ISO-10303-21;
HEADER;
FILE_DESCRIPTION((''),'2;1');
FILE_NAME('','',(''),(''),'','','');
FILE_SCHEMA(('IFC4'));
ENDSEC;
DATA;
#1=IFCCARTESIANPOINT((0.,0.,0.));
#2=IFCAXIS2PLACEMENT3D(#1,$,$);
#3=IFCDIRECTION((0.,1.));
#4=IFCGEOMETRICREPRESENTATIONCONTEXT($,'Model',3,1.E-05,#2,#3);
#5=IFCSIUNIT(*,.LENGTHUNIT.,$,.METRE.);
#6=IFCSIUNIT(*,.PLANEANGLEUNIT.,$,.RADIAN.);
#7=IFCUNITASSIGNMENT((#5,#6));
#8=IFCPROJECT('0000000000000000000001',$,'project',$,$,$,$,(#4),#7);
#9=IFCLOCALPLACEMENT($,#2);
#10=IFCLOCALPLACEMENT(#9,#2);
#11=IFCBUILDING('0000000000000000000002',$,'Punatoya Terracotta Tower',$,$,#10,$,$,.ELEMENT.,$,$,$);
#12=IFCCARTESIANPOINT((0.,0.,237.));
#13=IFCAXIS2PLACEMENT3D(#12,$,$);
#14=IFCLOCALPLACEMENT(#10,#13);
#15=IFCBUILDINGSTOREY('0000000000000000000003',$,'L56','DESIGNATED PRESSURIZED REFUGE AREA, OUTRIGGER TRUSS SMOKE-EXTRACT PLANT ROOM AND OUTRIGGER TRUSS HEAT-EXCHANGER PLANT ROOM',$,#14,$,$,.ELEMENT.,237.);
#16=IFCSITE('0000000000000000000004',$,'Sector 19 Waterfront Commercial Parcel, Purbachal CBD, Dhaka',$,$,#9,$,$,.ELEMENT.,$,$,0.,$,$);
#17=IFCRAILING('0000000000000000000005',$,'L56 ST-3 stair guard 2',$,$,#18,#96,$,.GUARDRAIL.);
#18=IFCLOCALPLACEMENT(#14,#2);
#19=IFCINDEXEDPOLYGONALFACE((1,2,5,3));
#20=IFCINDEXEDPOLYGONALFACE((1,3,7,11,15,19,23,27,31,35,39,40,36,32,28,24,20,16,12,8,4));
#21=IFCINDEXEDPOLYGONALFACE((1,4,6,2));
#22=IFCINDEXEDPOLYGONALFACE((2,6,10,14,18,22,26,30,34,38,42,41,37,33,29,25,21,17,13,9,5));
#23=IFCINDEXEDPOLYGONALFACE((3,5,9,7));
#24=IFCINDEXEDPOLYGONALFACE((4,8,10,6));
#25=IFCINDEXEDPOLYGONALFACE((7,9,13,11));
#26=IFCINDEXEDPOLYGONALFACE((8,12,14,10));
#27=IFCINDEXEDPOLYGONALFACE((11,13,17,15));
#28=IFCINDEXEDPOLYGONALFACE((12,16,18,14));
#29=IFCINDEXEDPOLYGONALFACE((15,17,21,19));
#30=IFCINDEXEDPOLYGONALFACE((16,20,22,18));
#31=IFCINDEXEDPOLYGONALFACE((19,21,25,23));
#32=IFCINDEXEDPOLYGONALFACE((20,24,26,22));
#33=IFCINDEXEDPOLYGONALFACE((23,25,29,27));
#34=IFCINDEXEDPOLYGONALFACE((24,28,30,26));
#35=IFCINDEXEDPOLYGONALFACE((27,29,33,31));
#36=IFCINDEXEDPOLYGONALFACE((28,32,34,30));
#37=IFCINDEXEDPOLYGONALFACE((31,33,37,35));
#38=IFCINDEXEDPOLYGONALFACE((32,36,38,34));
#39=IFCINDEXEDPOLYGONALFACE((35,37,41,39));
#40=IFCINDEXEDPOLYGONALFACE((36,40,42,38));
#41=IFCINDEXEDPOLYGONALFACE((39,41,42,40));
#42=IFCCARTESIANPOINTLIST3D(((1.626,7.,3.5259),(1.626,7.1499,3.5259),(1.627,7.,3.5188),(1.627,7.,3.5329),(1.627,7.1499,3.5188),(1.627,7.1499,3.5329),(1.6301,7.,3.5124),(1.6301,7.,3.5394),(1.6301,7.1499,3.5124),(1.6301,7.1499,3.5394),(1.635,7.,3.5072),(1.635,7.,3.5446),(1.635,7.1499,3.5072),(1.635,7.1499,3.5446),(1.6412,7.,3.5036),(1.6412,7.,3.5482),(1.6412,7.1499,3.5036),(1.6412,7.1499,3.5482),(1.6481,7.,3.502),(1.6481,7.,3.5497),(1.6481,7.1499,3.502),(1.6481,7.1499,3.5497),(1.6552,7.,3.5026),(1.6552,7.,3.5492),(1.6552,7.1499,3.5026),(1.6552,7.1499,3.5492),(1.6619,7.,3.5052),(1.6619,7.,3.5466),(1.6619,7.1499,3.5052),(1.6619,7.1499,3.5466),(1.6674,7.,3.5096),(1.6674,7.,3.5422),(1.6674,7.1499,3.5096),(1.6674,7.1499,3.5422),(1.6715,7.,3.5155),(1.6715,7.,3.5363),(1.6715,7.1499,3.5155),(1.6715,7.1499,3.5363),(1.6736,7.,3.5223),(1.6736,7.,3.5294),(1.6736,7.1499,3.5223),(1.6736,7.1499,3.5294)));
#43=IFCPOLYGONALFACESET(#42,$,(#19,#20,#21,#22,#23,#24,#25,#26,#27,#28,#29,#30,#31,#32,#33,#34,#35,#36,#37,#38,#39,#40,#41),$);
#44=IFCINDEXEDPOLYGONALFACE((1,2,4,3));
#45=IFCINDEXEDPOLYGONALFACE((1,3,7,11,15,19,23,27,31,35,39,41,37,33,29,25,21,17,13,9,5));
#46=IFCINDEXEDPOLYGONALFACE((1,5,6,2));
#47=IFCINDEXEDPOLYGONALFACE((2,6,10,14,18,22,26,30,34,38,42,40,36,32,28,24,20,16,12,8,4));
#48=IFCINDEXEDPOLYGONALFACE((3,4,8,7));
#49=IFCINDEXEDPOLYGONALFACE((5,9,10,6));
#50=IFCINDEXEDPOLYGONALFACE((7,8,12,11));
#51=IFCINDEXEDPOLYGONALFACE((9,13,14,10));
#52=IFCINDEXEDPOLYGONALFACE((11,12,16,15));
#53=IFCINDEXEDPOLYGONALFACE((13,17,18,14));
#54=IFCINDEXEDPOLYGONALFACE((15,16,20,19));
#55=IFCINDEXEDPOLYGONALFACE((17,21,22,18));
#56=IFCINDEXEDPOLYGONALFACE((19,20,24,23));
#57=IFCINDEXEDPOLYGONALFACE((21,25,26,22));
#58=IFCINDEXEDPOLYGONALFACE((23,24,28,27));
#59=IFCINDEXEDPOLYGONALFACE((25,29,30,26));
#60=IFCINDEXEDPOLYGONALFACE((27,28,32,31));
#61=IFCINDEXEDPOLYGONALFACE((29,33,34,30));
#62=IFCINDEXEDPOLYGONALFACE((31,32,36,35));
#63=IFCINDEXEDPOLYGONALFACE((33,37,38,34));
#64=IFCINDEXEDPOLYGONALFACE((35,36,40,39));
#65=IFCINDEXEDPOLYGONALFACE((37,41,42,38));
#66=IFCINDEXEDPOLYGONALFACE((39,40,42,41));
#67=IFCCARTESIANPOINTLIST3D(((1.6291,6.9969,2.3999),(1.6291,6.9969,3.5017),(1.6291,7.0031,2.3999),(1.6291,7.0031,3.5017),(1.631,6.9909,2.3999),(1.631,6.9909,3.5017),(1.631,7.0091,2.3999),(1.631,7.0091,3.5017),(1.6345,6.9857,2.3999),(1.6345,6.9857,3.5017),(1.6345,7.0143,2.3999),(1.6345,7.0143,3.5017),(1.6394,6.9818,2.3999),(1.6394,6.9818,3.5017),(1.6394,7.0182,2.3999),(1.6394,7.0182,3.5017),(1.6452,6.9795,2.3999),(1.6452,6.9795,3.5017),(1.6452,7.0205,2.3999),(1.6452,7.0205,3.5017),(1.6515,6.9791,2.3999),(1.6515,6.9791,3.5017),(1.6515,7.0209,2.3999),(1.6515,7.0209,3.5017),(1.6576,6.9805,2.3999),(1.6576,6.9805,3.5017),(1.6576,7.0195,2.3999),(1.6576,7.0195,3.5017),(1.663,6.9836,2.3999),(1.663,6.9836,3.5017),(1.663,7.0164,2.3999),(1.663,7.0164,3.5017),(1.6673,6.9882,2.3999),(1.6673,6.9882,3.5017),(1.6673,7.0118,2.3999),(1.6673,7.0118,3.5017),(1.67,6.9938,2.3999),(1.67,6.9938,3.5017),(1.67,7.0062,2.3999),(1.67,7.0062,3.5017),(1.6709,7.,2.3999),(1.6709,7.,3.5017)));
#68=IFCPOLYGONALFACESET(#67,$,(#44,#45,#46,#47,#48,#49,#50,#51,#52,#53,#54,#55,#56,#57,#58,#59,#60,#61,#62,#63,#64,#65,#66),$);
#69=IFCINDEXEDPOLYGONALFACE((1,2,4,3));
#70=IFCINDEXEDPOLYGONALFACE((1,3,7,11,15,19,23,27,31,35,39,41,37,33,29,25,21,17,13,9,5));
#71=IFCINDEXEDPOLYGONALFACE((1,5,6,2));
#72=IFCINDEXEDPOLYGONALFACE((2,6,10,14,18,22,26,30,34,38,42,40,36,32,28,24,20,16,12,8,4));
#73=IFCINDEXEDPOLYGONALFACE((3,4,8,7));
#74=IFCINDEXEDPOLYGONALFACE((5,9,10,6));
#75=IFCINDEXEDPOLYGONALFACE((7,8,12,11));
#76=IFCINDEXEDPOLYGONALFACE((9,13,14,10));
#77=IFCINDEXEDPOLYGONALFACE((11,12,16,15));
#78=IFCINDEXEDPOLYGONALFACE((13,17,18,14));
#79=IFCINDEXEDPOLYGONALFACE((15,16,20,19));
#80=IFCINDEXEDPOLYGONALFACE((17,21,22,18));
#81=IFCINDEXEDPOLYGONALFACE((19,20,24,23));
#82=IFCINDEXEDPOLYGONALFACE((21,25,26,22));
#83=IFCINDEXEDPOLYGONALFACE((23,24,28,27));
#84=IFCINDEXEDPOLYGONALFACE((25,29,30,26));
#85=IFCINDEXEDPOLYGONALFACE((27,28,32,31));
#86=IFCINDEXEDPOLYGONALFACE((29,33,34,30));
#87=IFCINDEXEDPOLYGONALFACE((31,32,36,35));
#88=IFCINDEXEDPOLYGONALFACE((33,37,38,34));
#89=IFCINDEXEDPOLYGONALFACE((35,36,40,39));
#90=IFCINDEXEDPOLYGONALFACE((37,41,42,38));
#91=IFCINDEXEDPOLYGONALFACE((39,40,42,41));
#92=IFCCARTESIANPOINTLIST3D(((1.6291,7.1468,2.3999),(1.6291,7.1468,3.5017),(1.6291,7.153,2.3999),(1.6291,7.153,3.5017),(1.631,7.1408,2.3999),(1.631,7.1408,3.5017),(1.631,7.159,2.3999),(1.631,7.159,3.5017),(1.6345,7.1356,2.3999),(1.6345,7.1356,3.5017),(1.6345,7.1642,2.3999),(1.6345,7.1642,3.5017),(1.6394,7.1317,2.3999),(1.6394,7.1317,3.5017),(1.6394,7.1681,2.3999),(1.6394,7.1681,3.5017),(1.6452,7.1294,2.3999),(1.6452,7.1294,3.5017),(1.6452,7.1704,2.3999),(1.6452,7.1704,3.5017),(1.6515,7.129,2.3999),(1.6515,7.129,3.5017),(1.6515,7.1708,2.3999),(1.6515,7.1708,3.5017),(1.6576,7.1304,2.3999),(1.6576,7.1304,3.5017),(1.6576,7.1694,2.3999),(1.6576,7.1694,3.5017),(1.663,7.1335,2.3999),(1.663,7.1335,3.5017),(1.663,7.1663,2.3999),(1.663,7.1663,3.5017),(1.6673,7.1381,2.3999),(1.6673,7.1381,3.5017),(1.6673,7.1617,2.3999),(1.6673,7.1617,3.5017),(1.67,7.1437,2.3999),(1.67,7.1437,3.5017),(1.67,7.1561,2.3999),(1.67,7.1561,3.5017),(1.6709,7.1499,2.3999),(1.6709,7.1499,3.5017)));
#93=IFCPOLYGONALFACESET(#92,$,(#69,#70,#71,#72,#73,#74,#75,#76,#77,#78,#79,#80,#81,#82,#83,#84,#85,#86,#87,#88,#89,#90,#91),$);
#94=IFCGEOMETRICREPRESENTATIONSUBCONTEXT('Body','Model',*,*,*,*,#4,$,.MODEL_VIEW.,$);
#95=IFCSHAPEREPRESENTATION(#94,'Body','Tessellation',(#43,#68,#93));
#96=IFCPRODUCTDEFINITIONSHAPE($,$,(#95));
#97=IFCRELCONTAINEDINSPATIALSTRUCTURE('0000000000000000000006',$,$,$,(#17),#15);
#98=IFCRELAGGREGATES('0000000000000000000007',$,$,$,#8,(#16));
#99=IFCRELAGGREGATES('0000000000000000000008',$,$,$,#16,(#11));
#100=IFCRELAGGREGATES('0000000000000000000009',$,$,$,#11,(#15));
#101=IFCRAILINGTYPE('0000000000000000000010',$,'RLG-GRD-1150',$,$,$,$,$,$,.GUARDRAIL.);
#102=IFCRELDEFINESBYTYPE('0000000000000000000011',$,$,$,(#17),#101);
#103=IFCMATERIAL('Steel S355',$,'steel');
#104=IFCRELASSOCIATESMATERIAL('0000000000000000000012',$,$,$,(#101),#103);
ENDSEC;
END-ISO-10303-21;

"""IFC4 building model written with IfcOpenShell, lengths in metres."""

from ifc_helpers import new_model, si_unit, direction, frame, origin, origin_2d, place, context, subcontext, project, spatial, circle, extrude, material, type_object, element, save


model = new_model("IFC4")

# Units and contexts
model_context = context("Model", 3, precision=1e-05, world=origin(), true_north=direction((0.0, 1.0)))
body_context = subcontext(model_context, "Body", "Model", "MODEL_VIEW")
ifc_project = project(units=[si_unit("LENGTHUNIT", "METRE"), si_unit("PLANEANGLEUNIT", "RADIAN")], contexts=[model_context])

# Site, building, storey
site_placement = place(None, origin())
site = spatial("IfcSite", under=ifc_project, at=site_placement, Name="Sector 19 Waterfront Commercial Parcel, Purbachal CBD, Dhaka", CompositionType="ELEMENT", RefElevation=0.0)
building_placement = place(site_placement, origin())
building = spatial("IfcBuilding", under=site, at=building_placement, Name="Punatoya Terracotta Tower", CompositionType="ELEMENT")
storey_placement = place(building_placement, frame((0.0, 0.0, 237.0)))
storey = spatial("IfcBuildingStorey", under=building, at=storey_placement, Name="L56", Description="DESIGNATED PRESSURIZED REFUGE AREA, OUTRIGGER TRUSS SMOKE-EXTRACT PLANT ROOM AND OUTRIGGER TRUSS HEAT-EXCHANGER PLANT ROOM", CompositionType="ELEMENT", Elevation=237.0)

# Shared definitions
ifc_material_1 = material(Name="Steel S355", Category="steel")

# Railing
railing_type_1 = type_object("IfcRailingType", Name="RLG-GRD-1150", PredefinedType="GUARDRAIL", material=ifc_material_1)
railing_1_placement = place(storey_placement, frame((1.6499, 7.0, 2.3999)))
element("IfcRailing", 1, at=railing_1_placement, inside=storey, type_object=railing_type_1, Name="L56 ST-3 stair guard 2", PredefinedType="GUARDRAIL", context=body_context, shape_type="SweptSolid", body=[
    extrude(circle(Radius=0.0239, at=origin_2d()), frame((0.0, 0.0, 1.126), z_axis=(0.0, 1.0, 0.0), x_axis=(-1.0, 0.0, 0.0)), (0.0, 0.0, 1.0), 0.1499),
    extrude(circle(Radius=0.021, at=origin_2d()), origin(), (0.0, 0.0, 1.0), 1.1018),
    extrude(circle(Radius=0.021, at=origin_2d()), frame((0.0, 0.1499, 0.0)), (0.0, 0.0, 1.0), 1.1018),
])

save(model, "model.ifc")
